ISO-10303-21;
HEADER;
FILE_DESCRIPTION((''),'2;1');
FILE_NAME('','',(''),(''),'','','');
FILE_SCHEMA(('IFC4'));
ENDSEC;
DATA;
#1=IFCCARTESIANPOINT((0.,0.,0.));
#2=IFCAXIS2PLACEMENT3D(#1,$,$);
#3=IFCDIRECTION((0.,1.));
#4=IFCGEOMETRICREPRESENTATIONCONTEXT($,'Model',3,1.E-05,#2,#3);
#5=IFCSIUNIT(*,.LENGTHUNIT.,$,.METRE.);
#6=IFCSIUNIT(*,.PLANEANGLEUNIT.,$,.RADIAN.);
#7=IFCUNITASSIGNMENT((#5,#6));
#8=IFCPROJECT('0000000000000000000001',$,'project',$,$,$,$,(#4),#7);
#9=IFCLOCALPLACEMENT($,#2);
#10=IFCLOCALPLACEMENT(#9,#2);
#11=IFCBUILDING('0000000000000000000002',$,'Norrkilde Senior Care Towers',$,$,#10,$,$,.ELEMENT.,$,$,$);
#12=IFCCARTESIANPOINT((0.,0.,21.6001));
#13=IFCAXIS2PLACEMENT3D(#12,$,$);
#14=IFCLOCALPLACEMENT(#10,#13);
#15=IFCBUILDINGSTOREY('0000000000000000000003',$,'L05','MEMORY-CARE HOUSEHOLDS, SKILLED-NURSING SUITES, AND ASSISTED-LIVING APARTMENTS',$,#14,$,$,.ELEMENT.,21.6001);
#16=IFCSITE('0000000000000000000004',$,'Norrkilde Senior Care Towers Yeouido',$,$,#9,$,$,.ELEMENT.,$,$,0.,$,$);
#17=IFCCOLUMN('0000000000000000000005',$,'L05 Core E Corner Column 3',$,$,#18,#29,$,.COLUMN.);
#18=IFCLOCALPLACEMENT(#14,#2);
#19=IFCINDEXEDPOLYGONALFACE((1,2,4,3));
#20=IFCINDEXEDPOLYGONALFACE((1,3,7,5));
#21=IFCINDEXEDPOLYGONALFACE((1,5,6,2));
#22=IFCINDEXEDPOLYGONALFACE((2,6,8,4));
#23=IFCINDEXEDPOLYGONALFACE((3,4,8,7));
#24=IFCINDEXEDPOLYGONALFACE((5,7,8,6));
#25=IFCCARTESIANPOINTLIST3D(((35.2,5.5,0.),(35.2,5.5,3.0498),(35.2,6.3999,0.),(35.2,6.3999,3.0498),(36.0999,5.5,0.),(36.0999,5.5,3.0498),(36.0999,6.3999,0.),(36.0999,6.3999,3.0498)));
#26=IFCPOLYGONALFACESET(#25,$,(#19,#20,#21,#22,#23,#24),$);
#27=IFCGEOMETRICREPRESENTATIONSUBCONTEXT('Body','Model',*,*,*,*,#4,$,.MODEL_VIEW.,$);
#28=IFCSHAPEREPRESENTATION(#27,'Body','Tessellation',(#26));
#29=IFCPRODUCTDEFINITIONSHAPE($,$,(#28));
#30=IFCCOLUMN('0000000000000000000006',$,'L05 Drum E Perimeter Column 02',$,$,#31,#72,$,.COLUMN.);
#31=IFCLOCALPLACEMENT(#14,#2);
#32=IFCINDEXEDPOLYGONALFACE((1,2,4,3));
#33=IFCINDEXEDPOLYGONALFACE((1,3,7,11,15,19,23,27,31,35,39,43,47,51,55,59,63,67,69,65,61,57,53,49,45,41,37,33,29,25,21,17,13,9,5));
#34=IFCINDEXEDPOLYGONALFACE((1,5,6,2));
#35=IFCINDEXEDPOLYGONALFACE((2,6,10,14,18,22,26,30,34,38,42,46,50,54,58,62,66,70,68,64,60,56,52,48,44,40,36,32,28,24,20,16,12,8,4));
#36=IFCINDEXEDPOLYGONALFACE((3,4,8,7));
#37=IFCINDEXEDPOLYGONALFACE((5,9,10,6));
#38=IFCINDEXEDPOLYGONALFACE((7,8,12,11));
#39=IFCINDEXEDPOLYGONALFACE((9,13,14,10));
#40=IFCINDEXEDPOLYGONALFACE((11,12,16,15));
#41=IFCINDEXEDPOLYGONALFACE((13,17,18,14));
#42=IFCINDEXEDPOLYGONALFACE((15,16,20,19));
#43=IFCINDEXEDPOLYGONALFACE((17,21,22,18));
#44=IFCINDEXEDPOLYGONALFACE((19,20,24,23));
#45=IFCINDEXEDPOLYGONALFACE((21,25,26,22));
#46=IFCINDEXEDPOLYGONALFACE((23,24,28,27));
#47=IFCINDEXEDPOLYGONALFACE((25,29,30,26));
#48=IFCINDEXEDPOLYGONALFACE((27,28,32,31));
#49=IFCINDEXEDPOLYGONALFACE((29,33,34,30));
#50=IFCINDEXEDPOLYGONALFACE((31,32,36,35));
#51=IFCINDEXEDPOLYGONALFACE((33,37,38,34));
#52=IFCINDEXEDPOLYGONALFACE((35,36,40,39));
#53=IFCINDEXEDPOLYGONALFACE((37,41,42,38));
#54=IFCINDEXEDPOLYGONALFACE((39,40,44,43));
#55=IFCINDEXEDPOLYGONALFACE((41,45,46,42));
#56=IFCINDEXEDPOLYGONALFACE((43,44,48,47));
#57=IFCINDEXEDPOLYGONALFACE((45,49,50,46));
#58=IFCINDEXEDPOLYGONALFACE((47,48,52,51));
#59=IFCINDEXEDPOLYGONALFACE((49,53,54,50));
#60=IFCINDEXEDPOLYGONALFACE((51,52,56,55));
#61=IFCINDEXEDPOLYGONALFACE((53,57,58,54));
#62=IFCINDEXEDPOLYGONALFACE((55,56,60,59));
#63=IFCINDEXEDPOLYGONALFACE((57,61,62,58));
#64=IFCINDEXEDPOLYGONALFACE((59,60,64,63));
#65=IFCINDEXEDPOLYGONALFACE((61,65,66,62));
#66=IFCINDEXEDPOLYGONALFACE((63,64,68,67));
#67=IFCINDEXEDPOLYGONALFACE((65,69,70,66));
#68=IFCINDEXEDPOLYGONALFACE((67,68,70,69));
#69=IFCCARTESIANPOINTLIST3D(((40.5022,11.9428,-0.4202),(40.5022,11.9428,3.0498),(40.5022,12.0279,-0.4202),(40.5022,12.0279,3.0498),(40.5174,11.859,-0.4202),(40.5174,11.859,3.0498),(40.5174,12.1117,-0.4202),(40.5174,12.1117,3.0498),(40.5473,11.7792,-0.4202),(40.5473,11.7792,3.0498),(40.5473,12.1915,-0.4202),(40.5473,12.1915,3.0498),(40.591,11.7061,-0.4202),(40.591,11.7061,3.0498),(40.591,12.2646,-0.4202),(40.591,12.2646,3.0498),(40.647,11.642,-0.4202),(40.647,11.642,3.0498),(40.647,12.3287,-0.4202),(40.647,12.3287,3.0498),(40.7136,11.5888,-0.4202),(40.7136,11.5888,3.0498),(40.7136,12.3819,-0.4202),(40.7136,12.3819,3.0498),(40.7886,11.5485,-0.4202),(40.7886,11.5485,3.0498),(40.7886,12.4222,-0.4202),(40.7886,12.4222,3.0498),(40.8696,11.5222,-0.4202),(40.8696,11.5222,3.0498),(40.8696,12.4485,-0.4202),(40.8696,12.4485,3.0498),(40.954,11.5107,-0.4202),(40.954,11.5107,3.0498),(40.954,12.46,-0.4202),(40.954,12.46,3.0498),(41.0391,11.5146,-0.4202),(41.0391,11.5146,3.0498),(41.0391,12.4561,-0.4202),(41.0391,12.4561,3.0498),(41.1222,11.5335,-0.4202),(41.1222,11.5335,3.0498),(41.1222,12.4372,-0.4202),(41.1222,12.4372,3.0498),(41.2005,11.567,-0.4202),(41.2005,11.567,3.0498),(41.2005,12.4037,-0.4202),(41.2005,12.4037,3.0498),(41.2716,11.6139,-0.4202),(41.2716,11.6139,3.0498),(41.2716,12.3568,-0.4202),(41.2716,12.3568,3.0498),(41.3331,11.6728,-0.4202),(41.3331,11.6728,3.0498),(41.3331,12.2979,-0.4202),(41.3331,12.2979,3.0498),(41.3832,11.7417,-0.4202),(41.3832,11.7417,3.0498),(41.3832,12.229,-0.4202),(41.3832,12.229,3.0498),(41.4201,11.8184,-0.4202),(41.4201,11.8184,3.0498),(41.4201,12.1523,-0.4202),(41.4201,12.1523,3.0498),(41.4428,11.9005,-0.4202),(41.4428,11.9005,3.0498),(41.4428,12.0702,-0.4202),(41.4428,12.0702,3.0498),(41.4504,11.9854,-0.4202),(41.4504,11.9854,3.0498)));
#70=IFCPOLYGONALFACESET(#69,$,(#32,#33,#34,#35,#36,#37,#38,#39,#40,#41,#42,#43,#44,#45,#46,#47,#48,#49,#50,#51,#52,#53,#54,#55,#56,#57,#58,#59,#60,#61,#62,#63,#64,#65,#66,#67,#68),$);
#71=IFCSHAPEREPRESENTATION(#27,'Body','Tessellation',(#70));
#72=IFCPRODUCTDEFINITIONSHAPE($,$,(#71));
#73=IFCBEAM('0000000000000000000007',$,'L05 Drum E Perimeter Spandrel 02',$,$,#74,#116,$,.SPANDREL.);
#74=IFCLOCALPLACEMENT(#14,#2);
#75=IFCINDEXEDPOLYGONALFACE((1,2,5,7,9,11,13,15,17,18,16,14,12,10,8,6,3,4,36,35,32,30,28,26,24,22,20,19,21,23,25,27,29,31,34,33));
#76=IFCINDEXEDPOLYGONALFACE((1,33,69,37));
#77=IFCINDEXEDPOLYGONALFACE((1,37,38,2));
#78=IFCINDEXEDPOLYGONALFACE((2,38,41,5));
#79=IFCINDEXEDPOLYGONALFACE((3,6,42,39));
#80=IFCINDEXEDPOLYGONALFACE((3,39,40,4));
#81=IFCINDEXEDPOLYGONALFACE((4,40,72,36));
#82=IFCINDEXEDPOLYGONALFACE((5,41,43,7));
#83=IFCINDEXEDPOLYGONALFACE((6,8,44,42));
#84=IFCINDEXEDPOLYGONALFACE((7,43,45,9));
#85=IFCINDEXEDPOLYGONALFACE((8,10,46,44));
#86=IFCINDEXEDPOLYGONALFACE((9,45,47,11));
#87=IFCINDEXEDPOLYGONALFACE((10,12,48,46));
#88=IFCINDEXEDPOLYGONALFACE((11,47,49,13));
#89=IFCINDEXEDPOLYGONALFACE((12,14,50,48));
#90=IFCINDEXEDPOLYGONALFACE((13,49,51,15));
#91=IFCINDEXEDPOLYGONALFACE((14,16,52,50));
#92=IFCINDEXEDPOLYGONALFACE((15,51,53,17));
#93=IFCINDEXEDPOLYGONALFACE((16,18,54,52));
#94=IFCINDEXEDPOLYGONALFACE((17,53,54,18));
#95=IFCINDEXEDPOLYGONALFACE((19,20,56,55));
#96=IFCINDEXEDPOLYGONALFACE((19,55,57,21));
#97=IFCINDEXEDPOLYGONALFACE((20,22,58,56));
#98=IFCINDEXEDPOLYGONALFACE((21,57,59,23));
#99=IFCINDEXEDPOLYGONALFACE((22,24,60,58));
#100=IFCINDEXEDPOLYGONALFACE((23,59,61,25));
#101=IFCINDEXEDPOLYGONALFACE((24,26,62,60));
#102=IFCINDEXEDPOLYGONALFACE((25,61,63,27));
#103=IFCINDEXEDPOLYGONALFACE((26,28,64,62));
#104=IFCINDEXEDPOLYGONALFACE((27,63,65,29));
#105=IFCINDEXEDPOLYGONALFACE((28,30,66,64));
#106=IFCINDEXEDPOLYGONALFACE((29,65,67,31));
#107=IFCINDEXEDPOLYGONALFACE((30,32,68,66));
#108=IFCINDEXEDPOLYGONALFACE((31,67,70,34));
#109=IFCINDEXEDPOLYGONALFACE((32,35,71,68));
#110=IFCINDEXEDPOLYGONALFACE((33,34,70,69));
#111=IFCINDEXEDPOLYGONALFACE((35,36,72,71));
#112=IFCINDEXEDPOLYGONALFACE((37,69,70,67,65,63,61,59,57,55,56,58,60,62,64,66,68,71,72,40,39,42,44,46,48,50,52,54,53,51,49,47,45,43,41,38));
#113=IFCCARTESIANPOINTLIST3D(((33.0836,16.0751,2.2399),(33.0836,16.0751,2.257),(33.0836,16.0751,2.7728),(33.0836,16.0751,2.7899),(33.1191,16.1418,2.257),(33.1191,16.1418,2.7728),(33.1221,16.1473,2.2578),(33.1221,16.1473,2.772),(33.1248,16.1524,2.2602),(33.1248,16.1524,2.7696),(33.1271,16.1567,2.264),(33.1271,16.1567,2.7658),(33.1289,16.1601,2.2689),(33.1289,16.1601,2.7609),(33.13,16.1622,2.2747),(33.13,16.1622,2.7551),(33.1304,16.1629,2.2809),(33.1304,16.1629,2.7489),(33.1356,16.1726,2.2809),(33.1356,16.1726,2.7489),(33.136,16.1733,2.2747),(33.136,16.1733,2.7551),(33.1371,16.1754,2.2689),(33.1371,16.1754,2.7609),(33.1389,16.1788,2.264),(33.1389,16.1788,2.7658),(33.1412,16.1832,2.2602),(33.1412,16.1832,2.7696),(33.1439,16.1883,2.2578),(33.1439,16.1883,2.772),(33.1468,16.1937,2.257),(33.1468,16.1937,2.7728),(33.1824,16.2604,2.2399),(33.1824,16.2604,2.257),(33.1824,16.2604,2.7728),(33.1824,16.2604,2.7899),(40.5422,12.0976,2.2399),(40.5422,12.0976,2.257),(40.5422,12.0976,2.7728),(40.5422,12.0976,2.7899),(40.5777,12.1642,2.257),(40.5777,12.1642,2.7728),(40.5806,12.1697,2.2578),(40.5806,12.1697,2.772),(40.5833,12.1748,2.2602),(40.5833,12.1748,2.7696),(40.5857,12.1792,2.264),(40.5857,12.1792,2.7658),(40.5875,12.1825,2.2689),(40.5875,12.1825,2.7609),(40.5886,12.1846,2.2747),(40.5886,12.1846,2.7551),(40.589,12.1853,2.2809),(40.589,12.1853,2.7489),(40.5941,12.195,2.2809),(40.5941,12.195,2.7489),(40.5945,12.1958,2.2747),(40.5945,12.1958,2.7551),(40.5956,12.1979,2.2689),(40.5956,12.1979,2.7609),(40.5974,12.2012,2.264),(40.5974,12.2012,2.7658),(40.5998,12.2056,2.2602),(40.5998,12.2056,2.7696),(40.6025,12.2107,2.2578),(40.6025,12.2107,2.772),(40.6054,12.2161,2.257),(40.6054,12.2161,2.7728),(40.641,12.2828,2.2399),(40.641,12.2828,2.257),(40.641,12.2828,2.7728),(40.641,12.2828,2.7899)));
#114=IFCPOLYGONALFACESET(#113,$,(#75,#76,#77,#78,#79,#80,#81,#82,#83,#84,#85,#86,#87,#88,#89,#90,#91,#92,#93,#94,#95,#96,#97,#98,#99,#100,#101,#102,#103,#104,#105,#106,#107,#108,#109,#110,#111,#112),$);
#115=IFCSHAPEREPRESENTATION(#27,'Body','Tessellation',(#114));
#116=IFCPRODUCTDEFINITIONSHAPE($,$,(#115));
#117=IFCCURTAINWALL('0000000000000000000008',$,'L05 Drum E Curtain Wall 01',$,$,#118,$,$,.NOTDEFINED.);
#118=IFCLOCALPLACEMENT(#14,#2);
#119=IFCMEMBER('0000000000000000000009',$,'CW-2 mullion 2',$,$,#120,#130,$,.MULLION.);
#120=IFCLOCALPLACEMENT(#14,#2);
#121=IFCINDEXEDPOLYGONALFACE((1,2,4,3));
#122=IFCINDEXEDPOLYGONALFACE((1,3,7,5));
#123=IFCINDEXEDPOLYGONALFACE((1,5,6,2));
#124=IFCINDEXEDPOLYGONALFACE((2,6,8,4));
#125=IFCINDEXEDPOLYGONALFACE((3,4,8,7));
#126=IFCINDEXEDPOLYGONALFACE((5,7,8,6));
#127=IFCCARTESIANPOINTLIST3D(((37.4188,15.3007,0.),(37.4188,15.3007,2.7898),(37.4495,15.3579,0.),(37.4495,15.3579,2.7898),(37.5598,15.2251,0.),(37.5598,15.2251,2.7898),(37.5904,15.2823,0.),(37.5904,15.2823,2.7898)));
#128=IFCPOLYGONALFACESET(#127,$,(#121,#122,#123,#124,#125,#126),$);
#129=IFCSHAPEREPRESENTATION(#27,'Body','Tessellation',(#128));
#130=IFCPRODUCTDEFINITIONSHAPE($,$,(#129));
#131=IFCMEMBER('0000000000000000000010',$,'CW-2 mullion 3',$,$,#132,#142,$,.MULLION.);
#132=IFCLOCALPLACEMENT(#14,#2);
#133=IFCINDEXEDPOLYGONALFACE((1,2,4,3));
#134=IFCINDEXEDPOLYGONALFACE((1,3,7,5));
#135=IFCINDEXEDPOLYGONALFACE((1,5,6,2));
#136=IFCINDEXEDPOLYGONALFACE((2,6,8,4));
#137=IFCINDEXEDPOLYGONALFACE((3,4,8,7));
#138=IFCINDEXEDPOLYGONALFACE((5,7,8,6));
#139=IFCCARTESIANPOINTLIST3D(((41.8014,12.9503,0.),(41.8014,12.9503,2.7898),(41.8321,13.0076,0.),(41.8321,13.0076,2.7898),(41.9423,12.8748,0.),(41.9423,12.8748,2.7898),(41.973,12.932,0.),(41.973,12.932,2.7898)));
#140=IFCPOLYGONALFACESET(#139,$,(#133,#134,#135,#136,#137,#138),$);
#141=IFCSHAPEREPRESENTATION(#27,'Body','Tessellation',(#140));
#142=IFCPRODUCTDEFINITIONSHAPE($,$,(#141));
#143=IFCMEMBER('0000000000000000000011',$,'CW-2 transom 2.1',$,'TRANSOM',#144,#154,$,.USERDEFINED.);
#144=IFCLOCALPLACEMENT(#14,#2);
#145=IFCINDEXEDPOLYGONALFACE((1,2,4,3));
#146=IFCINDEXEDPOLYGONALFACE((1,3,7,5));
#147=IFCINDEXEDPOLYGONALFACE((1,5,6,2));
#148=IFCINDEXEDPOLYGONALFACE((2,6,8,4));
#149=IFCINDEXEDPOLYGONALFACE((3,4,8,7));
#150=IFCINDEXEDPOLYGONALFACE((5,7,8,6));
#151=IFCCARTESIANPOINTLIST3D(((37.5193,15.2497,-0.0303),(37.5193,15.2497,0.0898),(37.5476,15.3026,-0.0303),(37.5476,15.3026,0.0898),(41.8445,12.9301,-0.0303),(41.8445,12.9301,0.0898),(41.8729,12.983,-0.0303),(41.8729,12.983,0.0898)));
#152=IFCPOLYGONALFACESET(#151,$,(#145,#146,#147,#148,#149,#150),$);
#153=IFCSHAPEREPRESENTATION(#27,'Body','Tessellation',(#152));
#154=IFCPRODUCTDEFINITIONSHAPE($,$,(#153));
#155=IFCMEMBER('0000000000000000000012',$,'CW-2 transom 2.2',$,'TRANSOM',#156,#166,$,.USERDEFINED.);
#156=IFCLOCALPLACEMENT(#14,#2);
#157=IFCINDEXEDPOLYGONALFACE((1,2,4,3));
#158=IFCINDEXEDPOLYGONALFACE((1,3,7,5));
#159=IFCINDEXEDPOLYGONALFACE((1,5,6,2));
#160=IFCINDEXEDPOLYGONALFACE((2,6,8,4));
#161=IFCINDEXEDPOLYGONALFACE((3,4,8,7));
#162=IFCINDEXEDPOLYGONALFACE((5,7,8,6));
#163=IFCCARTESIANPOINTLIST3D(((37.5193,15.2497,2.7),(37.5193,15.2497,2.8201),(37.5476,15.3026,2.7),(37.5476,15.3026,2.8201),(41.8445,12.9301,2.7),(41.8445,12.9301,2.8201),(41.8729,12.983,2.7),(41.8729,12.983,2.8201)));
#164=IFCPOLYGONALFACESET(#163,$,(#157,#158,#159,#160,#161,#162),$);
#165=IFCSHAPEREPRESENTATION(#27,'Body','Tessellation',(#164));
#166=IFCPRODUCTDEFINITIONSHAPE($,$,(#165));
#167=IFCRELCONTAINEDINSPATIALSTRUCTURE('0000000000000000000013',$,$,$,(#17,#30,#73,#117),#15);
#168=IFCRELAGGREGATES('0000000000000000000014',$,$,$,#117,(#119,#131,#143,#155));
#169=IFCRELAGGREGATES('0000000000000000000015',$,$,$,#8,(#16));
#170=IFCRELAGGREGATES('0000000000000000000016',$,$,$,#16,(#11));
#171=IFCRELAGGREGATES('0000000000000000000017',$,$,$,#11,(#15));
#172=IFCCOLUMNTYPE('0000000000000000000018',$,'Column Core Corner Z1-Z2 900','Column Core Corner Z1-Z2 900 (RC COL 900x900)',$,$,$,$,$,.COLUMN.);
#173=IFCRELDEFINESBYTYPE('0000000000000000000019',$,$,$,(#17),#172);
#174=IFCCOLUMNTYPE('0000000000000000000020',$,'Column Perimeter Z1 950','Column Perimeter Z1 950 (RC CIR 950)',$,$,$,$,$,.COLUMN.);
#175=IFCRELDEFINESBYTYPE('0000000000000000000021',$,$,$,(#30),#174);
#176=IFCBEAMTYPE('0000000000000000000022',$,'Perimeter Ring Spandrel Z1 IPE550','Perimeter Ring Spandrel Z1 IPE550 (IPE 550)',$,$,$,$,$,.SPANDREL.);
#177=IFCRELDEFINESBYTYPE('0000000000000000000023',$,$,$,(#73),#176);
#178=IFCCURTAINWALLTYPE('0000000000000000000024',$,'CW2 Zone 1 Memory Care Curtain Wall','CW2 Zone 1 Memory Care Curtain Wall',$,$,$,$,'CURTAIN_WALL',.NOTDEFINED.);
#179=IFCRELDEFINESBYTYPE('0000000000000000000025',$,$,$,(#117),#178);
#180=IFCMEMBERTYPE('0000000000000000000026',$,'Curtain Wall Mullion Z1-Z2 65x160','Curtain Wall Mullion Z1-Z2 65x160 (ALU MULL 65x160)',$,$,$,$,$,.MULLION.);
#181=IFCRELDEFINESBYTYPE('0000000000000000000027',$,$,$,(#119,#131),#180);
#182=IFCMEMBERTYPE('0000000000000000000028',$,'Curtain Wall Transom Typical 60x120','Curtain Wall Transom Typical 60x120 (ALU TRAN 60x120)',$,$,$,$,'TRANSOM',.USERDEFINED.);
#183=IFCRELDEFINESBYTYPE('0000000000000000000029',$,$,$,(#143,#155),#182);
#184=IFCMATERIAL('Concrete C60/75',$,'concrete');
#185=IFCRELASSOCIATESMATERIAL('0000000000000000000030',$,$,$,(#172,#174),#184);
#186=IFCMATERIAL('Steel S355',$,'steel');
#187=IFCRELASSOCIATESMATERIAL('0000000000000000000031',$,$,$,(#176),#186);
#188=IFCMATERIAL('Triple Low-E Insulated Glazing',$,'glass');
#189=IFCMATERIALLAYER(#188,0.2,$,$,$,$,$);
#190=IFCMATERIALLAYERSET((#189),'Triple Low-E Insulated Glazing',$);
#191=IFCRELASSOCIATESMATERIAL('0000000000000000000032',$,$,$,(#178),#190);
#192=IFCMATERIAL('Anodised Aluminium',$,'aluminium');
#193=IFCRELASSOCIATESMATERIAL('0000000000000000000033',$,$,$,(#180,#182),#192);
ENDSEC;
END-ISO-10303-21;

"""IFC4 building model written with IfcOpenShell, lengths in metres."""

from ifc_helpers import new_model, si_unit, direction, frame, origin, origin_2d, place, context, subcontext, project, spatial, rectangle, circle, i_section, extrude, source, transform, mapped, material, layer, layer_set, material_profile, profile_set, type_object, type_shapes, element, aggregate, save


model = new_model("IFC4")

# Units and contexts
model_context = context("Model", 3, precision=1e-05, world=origin(), true_north=direction((0.0, 1.0)))
body_context = subcontext(model_context, "Body", "Model", "MODEL_VIEW")
ifc_project = project(units=[si_unit("LENGTHUNIT", "METRE"), si_unit("PLANEANGLEUNIT", "RADIAN")], contexts=[model_context])

# Site, building, storey
site_placement = place(None, origin())
site = spatial("IfcSite", under=ifc_project, at=site_placement, Name="Norrkilde Senior Care Towers Yeouido", CompositionType="ELEMENT", RefElevation=0.0)
building_placement = place(site_placement, origin())
building = spatial("IfcBuilding", under=site, at=building_placement, Name="Norrkilde Senior Care Towers", CompositionType="ELEMENT")
storey_placement = place(building_placement, frame((0.0, 0.0, 21.6001)))
storey = spatial("IfcBuildingStorey", under=building, at=storey_placement, Name="L05", Description="MEMORY-CARE HOUSEHOLDS, SKILLED-NURSING SUITES, AND ASSISTED-LIVING APARTMENTS", CompositionType="ELEMENT", Elevation=21.6001)

# Columns
ifc_material_1 = material(Name="Concrete C60/75", Category="concrete")
ifc_material_profile_1 = material_profile(ifc_material_1, rectangle(XDim=0.8999, YDim=0.8999, at=origin_2d()), Name="RC COL 900x900")
ifc_profile_set_1 = profile_set([ifc_material_profile_1], Name="Concrete C60/75")
column_type_1 = type_object("IfcColumnType", Name="Column Core Corner Z1-Z2 900", Description="Column Core Corner Z1-Z2 900 (RC COL 900x900)", PredefinedType="COLUMN", material=ifc_profile_set_1)
shared_shape_1 = source(origin(), body_context, "Body", "SweptSolid", [
    extrude(rectangle(XDim=0.8999, YDim=0.8999, at=origin_2d()), origin(), (0.0, 0.0, 1.0), 3.0498),
])
type_shapes(column_type_1, [shared_shape_1])
column_1_placement = place(storey_placement, frame((35.6499, 5.95, 0.0), z_axis=(0.0, 0.0, 1.0), x_axis=(1.0, 0.0, 0.0)))
element("IfcColumn", 1, at=column_1_placement, inside=storey, type_object=column_type_1, Name="L05 Core E Corner Column 3", PredefinedType="COLUMN", context=body_context, shape_type="MappedRepresentation", body=[
    mapped(shared_shape_1, transform((0.0, 0.0, 0.0), x_axis=(1.0, 0.0, 0.0), y_axis=(0.0, 1.0, 0.0), z_axis=(0.0, 0.0, 1.0), scale=1.0)),
])
ifc_material_profile_2 = material_profile(ifc_material_1, circle(Radius=0.4751, at=origin_2d()), Name="RC CIR 950")
ifc_profile_set_2 = profile_set([ifc_material_profile_2], Name="Concrete C60/75")
column_type_2 = type_object("IfcColumnType", Name="Column Perimeter Z1 950", Description="Column Perimeter Z1 950 (RC CIR 950)", PredefinedType="COLUMN", material=ifc_profile_set_2)
shared_shape_2 = source(origin(), body_context, "Body", "SweptSolid", [
    extrude(circle(Radius=0.4751, at=origin_2d()), origin(), (0.0, 0.0, 1.0), 3.47),
])
type_shapes(column_type_2, [shared_shape_2])
column_2_placement = place(storey_placement, frame((40.9753, 11.9854, -0.4202), z_axis=(0.0, 0.0, 1.0), x_axis=(1.0, 0.0, 0.0)))
element("IfcColumn", 2, at=column_2_placement, inside=storey, type_object=column_type_2, Name="L05 Drum E Perimeter Column 02", PredefinedType="COLUMN", context=body_context, shape_type="MappedRepresentation", body=[
    mapped(shared_shape_2, transform((0.0, 0.0, 0.0), x_axis=(1.0, 0.0, 0.0), y_axis=(0.0, 1.0, 0.0), z_axis=(0.0, 0.0, 1.0), scale=1.0)),
])

# Beam
ifc_material_2 = material(Name="Steel S355", Category="steel")
ifc_material_profile_3 = material_profile(ifc_material_2, i_section(OverallWidth=0.21, OverallDepth=0.55, WebThickness=0.011, FlangeThickness=0.0171, FilletRadius=0.0239, at=origin_2d()), Name="IPE 550")
ifc_profile_set_3 = profile_set([ifc_material_profile_3], Name="Steel S355")
beam_type = type_object("IfcBeamType", Name="Perimeter Ring Spandrel Z1 IPE550", Description="Perimeter Ring Spandrel Z1 IPE550 (IPE 550)", PredefinedType="SPANDREL", material=ifc_profile_set_3)
shared_shape_3 = source(origin(), body_context, "Body", "SweptSolid", [
    extrude(i_section(OverallWidth=0.21, OverallDepth=0.55, WebThickness=0.011, FlangeThickness=0.0171, FilletRadius=0.0239, at=origin_2d()), origin(), (0.0, 0.0, 1.0), 8.4529),
])
type_shapes(beam_type, [shared_shape_3])
beam_placement = place(storey_placement, frame((40.5916, 12.1902, 2.5149), z_axis=(-0.882369, 0.470558, 0.0), x_axis=(-0.470558, -0.882369, 0.0)))
element("IfcBeam", 3, at=beam_placement, inside=storey, type_object=beam_type, Name="L05 Drum E Perimeter Spandrel 02", PredefinedType="SPANDREL", context=body_context, shape_type="MappedRepresentation", body=[
    mapped(shared_shape_3, transform((0.0, 0.0, 0.0), x_axis=(1.0, 0.0, 0.0), y_axis=(0.0, 1.0, 0.0), z_axis=(0.0, 0.0, 1.0), scale=1.0)),
])

# Curtain wall, members
ifc_material_3 = material(Name="Triple Low-E Insulated Glazing", Category="glass")
ifc_layer_1 = layer(ifc_material_3, 0.2)
ifc_layer_set_1 = layer_set([ifc_layer_1], Name="Triple Low-E Insulated Glazing")
curtain_wall_type = type_object("IfcCurtainWallType", Name="CW2 Zone 1 Memory Care Curtain Wall", Description="CW2 Zone 1 Memory Care Curtain Wall", ElementType="CURTAIN_WALL", PredefinedType="NOTDEFINED", material=ifc_layer_set_1)
curtain_wall_placement = place(storey_placement, origin())
curtain_wall = element("IfcCurtainWall", 4, at=curtain_wall_placement, inside=storey, type_object=curtain_wall_type, Name="L05 Drum E Curtain Wall 01", PredefinedType="NOTDEFINED")
ifc_material_4 = material(Name="Anodised Aluminium", Category="aluminium")
ifc_material_profile_4 = material_profile(ifc_material_4, rectangle(XDim=0.0649, YDim=0.1599, at=origin_2d()), Name="ALU MULL 65x160")
ifc_profile_set_4 = profile_set([ifc_material_profile_4], Name="Anodised Aluminium")
member_type_1 = type_object("IfcMemberType", Name="Curtain Wall Mullion Z1-Z2 65x160", Description="Curtain Wall Mullion Z1-Z2 65x160 (ALU MULL 65x160)", PredefinedType="MULLION", material=ifc_profile_set_4)
shared_shape_4 = source(origin(), body_context, "Body", "SweptSolid", [
    extrude(rectangle(XDim=0.0649, YDim=0.1599, at=origin_2d()), origin(), (0.0, 0.0, 1.0), 2.7898),
])
type_shapes(member_type_1, [shared_shape_4])
member_1_placement = place(storey_placement, frame((37.5046, 15.2915, 0.0), z_axis=(0.0, 0.0, 1.0), x_axis=(0.472608, 0.881273, 0.0)))
member_1 = element("IfcMember", 5, at=member_1_placement, type_object=member_type_1, Name="CW-2 mullion 2", PredefinedType="MULLION", context=body_context, shape_type="MappedRepresentation", body=[
    mapped(shared_shape_4, transform((0.0, 0.0, 0.0), x_axis=(1.0, 0.0, 0.0), y_axis=(0.0, 1.0, 0.0), z_axis=(0.0, 0.0, 1.0), scale=1.0)),
])
member_2_placement = place(storey_placement, frame((41.8872, 12.9412, 0.0), z_axis=(0.0, 0.0, 1.0), x_axis=(0.472608, 0.881273, 0.0)))
member_2 = element("IfcMember", 6, at=member_2_placement, type_object=member_type_1, Name="CW-2 mullion 3", PredefinedType="MULLION", context=body_context, shape_type="MappedRepresentation", body=[
    mapped(shared_shape_4, transform((0.0, 0.0, 0.0), x_axis=(1.0, 0.0, 0.0), y_axis=(0.0, 1.0, 0.0), z_axis=(0.0, 0.0, 1.0), scale=1.0)),
])
ifc_material_profile_5 = material_profile(ifc_material_4, rectangle(XDim=0.0601, YDim=0.1201, at=origin_2d()), Name="ALU TRAN 60x120")
ifc_profile_set_5 = profile_set([ifc_material_profile_5], Name="Anodised Aluminium")
member_type_2 = type_object("IfcMemberType", Name="Curtain Wall Transom Typical 60x120", Description="Curtain Wall Transom Typical 60x120 (ALU TRAN 60x120)", ElementType="TRANSOM", PredefinedType="USERDEFINED", material=ifc_profile_set_5)
shared_shape_5 = source(origin(), body_context, "Body", "SweptSolid", [
    extrude(rectangle(XDim=0.0601, YDim=0.1201, at=origin_2d()), origin(), (0.0, 0.0, 1.0), 4.908),
])
type_shapes(member_type_2, [shared_shape_5])
member_3_placement = place(storey_placement, frame((37.5334, 15.2761, 0.0298), z_axis=(0.881267, -0.472619, 0.0), x_axis=(0.472619, 0.881267, 0.0)))
member_3 = element("IfcMember", 7, at=member_3_placement, type_object=member_type_2, Name="CW-2 transom 2.1", ObjectType="TRANSOM", PredefinedType="USERDEFINED", context=body_context, shape_type="MappedRepresentation", body=[
    mapped(shared_shape_5, transform((0.0, 0.0, 0.0), x_axis=(1.0, 0.0, 0.0), y_axis=(0.0, 1.0, 0.0), z_axis=(0.0, 0.0, 1.0), scale=1.0)),
])
member_4_placement = place(storey_placement, frame((37.5334, 15.2761, 2.76), z_axis=(0.881267, -0.472619, 0.0), x_axis=(0.472619, 0.881267, 0.0)))
member_4 = element("IfcMember", 8, at=member_4_placement, type_object=member_type_2, Name="CW-2 transom 2.2", ObjectType="TRANSOM", PredefinedType="USERDEFINED", context=body_context, shape_type="MappedRepresentation", body=[
    mapped(shared_shape_5, transform((0.0, 0.0, 0.0), x_axis=(1.0, 0.0, 0.0), y_axis=(0.0, 1.0, 0.0), z_axis=(0.0, 0.0, 1.0), scale=1.0)),
])
aggregate(curtain_wall, [member_1, member_2, member_3, member_4])

save(model, "model.ifc")
